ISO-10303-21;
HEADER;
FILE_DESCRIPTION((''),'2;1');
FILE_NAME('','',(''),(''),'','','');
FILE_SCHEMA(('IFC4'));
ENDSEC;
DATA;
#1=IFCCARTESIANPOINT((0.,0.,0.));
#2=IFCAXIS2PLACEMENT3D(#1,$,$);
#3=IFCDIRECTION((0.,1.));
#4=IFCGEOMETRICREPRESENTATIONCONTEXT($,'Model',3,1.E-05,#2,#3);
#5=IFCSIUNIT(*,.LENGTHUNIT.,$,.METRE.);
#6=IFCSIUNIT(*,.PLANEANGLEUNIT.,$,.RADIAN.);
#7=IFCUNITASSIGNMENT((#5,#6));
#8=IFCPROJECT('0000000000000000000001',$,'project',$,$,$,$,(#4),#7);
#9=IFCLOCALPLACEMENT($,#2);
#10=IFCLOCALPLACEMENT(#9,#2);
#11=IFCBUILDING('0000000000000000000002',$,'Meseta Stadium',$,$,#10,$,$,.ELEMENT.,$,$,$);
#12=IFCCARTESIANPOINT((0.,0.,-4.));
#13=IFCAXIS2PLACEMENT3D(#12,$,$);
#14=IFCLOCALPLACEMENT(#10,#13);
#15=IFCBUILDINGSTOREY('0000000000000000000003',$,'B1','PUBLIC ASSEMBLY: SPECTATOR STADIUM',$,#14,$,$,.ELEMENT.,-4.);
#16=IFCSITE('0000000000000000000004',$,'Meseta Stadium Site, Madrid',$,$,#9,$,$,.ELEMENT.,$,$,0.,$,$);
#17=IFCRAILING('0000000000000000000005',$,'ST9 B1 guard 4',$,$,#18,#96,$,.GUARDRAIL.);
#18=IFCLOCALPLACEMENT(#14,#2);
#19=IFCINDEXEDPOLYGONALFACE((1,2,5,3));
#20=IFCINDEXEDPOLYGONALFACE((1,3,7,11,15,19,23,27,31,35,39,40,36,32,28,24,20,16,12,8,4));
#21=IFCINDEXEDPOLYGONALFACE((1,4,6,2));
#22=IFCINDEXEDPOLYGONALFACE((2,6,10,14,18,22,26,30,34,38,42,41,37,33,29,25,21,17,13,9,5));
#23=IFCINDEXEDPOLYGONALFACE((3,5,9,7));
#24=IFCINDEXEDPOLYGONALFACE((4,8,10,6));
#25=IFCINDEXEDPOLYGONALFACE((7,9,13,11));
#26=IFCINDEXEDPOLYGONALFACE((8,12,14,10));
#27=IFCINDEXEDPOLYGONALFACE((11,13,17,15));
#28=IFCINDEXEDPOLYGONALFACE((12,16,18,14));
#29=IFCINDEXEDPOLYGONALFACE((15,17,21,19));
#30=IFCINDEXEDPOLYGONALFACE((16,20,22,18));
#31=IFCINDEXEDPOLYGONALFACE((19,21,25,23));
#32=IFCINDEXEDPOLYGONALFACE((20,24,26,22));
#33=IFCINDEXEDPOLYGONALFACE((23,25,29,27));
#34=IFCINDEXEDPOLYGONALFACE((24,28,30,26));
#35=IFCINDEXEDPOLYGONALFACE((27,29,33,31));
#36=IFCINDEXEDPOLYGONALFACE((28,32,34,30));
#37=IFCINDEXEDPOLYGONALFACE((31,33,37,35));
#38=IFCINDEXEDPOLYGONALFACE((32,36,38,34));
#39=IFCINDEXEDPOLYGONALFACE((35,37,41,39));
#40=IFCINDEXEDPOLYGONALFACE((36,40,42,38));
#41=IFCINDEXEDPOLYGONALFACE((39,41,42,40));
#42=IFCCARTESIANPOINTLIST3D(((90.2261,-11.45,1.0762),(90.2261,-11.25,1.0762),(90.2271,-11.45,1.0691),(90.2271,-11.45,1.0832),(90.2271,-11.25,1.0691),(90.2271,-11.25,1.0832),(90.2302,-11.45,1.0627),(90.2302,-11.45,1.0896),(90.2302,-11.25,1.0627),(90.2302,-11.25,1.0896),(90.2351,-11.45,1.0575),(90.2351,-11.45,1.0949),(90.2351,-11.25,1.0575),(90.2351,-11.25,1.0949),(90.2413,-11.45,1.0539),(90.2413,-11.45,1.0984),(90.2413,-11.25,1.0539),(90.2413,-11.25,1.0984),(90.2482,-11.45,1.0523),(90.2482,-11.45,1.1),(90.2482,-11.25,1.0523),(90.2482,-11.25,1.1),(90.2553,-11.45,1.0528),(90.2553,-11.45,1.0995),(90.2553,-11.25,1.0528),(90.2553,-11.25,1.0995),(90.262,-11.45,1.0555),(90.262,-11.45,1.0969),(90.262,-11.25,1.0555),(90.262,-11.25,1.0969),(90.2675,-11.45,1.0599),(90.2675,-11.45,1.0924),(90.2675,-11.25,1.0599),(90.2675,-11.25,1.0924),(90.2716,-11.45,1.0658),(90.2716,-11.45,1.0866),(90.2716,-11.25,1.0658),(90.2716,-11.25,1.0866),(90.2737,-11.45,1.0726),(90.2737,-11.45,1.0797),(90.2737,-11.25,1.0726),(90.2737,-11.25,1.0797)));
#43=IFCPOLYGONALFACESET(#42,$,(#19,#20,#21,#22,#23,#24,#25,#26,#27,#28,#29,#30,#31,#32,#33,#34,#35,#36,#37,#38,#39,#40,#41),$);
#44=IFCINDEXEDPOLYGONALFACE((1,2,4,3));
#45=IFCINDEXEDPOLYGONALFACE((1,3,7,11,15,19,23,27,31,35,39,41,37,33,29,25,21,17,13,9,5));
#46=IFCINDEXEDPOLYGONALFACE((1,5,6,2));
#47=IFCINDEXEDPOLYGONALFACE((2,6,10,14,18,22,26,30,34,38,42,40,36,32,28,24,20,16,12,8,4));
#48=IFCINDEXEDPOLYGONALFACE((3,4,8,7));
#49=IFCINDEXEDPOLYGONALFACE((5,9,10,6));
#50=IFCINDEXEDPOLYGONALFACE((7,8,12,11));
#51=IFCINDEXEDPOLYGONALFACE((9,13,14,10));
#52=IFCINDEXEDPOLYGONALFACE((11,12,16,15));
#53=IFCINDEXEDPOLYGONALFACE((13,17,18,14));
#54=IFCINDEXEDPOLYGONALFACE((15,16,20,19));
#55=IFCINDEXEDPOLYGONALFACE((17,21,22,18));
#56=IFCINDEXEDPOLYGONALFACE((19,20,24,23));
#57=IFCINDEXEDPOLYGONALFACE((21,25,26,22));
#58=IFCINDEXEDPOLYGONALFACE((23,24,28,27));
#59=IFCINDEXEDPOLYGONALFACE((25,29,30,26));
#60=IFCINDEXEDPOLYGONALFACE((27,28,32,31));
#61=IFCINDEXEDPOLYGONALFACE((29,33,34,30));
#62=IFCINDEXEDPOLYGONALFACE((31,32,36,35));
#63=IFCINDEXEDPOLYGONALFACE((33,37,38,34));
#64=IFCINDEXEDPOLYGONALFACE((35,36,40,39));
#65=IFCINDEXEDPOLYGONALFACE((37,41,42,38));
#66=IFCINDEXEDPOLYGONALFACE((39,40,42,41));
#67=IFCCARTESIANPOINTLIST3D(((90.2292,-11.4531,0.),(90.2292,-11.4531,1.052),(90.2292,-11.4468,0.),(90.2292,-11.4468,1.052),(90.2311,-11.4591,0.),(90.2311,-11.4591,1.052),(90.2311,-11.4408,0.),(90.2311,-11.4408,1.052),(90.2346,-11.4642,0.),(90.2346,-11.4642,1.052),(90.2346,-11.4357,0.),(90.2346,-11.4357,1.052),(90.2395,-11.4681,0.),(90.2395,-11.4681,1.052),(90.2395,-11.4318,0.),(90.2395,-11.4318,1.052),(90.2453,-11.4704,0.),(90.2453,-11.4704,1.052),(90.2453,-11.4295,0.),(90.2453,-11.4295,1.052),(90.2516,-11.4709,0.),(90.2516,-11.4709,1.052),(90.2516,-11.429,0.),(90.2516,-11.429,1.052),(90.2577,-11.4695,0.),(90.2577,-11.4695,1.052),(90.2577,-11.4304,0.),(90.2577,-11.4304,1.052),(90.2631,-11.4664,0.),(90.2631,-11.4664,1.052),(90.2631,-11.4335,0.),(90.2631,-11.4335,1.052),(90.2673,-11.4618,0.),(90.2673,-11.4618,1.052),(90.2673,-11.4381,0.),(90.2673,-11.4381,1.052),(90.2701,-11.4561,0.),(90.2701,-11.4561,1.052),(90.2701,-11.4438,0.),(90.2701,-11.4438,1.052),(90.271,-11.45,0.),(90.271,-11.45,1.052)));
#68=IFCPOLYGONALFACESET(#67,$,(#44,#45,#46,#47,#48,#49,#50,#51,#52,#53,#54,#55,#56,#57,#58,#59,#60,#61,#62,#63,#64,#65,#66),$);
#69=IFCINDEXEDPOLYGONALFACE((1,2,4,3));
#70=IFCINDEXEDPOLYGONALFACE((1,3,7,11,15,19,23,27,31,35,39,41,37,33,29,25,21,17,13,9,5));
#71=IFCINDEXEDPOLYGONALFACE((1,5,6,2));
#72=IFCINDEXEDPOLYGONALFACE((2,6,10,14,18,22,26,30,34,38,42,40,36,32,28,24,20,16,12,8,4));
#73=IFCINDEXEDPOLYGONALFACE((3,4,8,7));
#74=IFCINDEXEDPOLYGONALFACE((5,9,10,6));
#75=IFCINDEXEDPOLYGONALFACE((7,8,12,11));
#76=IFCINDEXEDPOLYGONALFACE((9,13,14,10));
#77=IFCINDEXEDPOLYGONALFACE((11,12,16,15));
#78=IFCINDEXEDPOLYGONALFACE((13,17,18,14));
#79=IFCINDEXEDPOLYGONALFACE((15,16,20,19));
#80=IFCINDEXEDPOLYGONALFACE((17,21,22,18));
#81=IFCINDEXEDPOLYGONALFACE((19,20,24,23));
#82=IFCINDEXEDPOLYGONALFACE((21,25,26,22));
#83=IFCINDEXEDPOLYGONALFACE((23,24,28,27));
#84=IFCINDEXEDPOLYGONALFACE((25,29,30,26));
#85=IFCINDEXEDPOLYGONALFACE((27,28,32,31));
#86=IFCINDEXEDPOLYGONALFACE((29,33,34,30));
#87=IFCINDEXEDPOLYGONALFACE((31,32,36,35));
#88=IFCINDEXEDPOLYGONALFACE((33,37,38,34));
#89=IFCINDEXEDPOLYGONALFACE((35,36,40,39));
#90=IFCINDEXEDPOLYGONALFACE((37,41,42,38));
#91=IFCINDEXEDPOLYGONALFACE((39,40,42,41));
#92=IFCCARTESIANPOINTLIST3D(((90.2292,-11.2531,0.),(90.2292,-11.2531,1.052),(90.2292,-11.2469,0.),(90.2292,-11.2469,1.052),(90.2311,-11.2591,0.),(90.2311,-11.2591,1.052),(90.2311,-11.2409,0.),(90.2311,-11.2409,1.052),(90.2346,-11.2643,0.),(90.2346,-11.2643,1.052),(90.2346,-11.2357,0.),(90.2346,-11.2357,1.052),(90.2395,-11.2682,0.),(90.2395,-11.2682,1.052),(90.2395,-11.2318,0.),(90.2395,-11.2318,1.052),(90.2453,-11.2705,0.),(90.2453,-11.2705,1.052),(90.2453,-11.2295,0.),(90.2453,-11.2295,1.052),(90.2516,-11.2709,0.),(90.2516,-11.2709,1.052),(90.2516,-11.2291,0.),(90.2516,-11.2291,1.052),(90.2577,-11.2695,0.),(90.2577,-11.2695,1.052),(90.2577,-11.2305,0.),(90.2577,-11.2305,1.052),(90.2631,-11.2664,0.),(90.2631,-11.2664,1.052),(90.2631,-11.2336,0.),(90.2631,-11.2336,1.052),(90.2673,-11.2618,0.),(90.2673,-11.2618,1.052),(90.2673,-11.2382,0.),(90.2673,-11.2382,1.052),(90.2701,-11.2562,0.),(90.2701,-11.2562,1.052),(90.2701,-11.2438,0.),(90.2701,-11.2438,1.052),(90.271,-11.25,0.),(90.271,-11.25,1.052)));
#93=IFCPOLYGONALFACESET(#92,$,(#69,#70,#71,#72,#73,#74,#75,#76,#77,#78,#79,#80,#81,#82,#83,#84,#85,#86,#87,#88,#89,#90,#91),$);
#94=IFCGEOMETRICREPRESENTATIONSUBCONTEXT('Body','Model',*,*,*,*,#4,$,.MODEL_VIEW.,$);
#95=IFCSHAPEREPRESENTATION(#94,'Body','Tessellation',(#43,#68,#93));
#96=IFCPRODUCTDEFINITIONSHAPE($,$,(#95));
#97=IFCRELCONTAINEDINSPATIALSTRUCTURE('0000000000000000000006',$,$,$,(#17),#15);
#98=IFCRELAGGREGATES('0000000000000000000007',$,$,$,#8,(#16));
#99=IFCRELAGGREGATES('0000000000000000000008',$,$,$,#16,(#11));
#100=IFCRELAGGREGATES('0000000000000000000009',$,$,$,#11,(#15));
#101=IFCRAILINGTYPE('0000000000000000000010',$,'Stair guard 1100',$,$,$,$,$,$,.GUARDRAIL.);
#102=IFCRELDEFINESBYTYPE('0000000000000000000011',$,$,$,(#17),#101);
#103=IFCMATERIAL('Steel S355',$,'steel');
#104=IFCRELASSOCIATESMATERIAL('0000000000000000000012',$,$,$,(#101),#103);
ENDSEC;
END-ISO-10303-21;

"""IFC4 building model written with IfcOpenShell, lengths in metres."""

from ifc_helpers import new_model, si_unit, direction, frame, origin, origin_2d, place, context, subcontext, project, spatial, circle, extrude, material, type_object, element, save


model = new_model("IFC4")

# Units and contexts
model_context = context("Model", 3, precision=1e-05, world=origin(), true_north=direction((0.0, 1.0)))
body_context = subcontext(model_context, "Body", "Model", "MODEL_VIEW")
ifc_project = project(units=[si_unit("LENGTHUNIT", "METRE"), si_unit("PLANEANGLEUNIT", "RADIAN")], contexts=[model_context])

# Site, building, storey
site_placement = place(None, origin())
site = spatial("IfcSite", under=ifc_project, at=site_placement, Name="Meseta Stadium Site, Madrid", CompositionType="ELEMENT", RefElevation=0.0)
building_placement = place(site_placement, origin())
building = spatial("IfcBuilding", under=site, at=building_placement, Name="Meseta Stadium", CompositionType="ELEMENT")
storey_placement = place(building_placement, frame((0.0, 0.0, -4.0)))
storey = spatial("IfcBuildingStorey", under=building, at=storey_placement, Name="B1", Description="PUBLIC ASSEMBLY: SPECTATOR STADIUM", CompositionType="ELEMENT", Elevation=-4.0)

# Railing
ifc_material_1 = material(Name="Steel S355", Category="steel")
railing_type_1 = type_object("IfcRailingType", Name="Stair guard 1100", PredefinedType="GUARDRAIL", material=ifc_material_1)
railing_1_placement = place(storey_placement, frame((90.25, -11.45, 0.0)))
element("IfcRailing", 1, at=railing_1_placement, inside=storey, type_object=railing_type_1, Name="ST9 B1 guard 4", PredefinedType="GUARDRAIL", context=body_context, shape_type="SweptSolid", body=[
    extrude(circle(Radius=0.0239, at=origin_2d()), frame((0.0, 0.0, 1.0762), z_axis=(0.0, 1.0, 0.0), x_axis=(-1.0, 0.0, 0.0)), (0.0, 0.0, 1.0), 0.2),
    extrude(circle(Radius=0.021, at=origin_2d()), origin(), (0.0, 0.0, 1.0), 1.052),
    extrude(circle(Radius=0.021, at=origin_2d()), frame((0.0, 0.2, 0.0)), (0.0, 0.0, 1.0), 1.052),
])

save(model, "model.ifc")
